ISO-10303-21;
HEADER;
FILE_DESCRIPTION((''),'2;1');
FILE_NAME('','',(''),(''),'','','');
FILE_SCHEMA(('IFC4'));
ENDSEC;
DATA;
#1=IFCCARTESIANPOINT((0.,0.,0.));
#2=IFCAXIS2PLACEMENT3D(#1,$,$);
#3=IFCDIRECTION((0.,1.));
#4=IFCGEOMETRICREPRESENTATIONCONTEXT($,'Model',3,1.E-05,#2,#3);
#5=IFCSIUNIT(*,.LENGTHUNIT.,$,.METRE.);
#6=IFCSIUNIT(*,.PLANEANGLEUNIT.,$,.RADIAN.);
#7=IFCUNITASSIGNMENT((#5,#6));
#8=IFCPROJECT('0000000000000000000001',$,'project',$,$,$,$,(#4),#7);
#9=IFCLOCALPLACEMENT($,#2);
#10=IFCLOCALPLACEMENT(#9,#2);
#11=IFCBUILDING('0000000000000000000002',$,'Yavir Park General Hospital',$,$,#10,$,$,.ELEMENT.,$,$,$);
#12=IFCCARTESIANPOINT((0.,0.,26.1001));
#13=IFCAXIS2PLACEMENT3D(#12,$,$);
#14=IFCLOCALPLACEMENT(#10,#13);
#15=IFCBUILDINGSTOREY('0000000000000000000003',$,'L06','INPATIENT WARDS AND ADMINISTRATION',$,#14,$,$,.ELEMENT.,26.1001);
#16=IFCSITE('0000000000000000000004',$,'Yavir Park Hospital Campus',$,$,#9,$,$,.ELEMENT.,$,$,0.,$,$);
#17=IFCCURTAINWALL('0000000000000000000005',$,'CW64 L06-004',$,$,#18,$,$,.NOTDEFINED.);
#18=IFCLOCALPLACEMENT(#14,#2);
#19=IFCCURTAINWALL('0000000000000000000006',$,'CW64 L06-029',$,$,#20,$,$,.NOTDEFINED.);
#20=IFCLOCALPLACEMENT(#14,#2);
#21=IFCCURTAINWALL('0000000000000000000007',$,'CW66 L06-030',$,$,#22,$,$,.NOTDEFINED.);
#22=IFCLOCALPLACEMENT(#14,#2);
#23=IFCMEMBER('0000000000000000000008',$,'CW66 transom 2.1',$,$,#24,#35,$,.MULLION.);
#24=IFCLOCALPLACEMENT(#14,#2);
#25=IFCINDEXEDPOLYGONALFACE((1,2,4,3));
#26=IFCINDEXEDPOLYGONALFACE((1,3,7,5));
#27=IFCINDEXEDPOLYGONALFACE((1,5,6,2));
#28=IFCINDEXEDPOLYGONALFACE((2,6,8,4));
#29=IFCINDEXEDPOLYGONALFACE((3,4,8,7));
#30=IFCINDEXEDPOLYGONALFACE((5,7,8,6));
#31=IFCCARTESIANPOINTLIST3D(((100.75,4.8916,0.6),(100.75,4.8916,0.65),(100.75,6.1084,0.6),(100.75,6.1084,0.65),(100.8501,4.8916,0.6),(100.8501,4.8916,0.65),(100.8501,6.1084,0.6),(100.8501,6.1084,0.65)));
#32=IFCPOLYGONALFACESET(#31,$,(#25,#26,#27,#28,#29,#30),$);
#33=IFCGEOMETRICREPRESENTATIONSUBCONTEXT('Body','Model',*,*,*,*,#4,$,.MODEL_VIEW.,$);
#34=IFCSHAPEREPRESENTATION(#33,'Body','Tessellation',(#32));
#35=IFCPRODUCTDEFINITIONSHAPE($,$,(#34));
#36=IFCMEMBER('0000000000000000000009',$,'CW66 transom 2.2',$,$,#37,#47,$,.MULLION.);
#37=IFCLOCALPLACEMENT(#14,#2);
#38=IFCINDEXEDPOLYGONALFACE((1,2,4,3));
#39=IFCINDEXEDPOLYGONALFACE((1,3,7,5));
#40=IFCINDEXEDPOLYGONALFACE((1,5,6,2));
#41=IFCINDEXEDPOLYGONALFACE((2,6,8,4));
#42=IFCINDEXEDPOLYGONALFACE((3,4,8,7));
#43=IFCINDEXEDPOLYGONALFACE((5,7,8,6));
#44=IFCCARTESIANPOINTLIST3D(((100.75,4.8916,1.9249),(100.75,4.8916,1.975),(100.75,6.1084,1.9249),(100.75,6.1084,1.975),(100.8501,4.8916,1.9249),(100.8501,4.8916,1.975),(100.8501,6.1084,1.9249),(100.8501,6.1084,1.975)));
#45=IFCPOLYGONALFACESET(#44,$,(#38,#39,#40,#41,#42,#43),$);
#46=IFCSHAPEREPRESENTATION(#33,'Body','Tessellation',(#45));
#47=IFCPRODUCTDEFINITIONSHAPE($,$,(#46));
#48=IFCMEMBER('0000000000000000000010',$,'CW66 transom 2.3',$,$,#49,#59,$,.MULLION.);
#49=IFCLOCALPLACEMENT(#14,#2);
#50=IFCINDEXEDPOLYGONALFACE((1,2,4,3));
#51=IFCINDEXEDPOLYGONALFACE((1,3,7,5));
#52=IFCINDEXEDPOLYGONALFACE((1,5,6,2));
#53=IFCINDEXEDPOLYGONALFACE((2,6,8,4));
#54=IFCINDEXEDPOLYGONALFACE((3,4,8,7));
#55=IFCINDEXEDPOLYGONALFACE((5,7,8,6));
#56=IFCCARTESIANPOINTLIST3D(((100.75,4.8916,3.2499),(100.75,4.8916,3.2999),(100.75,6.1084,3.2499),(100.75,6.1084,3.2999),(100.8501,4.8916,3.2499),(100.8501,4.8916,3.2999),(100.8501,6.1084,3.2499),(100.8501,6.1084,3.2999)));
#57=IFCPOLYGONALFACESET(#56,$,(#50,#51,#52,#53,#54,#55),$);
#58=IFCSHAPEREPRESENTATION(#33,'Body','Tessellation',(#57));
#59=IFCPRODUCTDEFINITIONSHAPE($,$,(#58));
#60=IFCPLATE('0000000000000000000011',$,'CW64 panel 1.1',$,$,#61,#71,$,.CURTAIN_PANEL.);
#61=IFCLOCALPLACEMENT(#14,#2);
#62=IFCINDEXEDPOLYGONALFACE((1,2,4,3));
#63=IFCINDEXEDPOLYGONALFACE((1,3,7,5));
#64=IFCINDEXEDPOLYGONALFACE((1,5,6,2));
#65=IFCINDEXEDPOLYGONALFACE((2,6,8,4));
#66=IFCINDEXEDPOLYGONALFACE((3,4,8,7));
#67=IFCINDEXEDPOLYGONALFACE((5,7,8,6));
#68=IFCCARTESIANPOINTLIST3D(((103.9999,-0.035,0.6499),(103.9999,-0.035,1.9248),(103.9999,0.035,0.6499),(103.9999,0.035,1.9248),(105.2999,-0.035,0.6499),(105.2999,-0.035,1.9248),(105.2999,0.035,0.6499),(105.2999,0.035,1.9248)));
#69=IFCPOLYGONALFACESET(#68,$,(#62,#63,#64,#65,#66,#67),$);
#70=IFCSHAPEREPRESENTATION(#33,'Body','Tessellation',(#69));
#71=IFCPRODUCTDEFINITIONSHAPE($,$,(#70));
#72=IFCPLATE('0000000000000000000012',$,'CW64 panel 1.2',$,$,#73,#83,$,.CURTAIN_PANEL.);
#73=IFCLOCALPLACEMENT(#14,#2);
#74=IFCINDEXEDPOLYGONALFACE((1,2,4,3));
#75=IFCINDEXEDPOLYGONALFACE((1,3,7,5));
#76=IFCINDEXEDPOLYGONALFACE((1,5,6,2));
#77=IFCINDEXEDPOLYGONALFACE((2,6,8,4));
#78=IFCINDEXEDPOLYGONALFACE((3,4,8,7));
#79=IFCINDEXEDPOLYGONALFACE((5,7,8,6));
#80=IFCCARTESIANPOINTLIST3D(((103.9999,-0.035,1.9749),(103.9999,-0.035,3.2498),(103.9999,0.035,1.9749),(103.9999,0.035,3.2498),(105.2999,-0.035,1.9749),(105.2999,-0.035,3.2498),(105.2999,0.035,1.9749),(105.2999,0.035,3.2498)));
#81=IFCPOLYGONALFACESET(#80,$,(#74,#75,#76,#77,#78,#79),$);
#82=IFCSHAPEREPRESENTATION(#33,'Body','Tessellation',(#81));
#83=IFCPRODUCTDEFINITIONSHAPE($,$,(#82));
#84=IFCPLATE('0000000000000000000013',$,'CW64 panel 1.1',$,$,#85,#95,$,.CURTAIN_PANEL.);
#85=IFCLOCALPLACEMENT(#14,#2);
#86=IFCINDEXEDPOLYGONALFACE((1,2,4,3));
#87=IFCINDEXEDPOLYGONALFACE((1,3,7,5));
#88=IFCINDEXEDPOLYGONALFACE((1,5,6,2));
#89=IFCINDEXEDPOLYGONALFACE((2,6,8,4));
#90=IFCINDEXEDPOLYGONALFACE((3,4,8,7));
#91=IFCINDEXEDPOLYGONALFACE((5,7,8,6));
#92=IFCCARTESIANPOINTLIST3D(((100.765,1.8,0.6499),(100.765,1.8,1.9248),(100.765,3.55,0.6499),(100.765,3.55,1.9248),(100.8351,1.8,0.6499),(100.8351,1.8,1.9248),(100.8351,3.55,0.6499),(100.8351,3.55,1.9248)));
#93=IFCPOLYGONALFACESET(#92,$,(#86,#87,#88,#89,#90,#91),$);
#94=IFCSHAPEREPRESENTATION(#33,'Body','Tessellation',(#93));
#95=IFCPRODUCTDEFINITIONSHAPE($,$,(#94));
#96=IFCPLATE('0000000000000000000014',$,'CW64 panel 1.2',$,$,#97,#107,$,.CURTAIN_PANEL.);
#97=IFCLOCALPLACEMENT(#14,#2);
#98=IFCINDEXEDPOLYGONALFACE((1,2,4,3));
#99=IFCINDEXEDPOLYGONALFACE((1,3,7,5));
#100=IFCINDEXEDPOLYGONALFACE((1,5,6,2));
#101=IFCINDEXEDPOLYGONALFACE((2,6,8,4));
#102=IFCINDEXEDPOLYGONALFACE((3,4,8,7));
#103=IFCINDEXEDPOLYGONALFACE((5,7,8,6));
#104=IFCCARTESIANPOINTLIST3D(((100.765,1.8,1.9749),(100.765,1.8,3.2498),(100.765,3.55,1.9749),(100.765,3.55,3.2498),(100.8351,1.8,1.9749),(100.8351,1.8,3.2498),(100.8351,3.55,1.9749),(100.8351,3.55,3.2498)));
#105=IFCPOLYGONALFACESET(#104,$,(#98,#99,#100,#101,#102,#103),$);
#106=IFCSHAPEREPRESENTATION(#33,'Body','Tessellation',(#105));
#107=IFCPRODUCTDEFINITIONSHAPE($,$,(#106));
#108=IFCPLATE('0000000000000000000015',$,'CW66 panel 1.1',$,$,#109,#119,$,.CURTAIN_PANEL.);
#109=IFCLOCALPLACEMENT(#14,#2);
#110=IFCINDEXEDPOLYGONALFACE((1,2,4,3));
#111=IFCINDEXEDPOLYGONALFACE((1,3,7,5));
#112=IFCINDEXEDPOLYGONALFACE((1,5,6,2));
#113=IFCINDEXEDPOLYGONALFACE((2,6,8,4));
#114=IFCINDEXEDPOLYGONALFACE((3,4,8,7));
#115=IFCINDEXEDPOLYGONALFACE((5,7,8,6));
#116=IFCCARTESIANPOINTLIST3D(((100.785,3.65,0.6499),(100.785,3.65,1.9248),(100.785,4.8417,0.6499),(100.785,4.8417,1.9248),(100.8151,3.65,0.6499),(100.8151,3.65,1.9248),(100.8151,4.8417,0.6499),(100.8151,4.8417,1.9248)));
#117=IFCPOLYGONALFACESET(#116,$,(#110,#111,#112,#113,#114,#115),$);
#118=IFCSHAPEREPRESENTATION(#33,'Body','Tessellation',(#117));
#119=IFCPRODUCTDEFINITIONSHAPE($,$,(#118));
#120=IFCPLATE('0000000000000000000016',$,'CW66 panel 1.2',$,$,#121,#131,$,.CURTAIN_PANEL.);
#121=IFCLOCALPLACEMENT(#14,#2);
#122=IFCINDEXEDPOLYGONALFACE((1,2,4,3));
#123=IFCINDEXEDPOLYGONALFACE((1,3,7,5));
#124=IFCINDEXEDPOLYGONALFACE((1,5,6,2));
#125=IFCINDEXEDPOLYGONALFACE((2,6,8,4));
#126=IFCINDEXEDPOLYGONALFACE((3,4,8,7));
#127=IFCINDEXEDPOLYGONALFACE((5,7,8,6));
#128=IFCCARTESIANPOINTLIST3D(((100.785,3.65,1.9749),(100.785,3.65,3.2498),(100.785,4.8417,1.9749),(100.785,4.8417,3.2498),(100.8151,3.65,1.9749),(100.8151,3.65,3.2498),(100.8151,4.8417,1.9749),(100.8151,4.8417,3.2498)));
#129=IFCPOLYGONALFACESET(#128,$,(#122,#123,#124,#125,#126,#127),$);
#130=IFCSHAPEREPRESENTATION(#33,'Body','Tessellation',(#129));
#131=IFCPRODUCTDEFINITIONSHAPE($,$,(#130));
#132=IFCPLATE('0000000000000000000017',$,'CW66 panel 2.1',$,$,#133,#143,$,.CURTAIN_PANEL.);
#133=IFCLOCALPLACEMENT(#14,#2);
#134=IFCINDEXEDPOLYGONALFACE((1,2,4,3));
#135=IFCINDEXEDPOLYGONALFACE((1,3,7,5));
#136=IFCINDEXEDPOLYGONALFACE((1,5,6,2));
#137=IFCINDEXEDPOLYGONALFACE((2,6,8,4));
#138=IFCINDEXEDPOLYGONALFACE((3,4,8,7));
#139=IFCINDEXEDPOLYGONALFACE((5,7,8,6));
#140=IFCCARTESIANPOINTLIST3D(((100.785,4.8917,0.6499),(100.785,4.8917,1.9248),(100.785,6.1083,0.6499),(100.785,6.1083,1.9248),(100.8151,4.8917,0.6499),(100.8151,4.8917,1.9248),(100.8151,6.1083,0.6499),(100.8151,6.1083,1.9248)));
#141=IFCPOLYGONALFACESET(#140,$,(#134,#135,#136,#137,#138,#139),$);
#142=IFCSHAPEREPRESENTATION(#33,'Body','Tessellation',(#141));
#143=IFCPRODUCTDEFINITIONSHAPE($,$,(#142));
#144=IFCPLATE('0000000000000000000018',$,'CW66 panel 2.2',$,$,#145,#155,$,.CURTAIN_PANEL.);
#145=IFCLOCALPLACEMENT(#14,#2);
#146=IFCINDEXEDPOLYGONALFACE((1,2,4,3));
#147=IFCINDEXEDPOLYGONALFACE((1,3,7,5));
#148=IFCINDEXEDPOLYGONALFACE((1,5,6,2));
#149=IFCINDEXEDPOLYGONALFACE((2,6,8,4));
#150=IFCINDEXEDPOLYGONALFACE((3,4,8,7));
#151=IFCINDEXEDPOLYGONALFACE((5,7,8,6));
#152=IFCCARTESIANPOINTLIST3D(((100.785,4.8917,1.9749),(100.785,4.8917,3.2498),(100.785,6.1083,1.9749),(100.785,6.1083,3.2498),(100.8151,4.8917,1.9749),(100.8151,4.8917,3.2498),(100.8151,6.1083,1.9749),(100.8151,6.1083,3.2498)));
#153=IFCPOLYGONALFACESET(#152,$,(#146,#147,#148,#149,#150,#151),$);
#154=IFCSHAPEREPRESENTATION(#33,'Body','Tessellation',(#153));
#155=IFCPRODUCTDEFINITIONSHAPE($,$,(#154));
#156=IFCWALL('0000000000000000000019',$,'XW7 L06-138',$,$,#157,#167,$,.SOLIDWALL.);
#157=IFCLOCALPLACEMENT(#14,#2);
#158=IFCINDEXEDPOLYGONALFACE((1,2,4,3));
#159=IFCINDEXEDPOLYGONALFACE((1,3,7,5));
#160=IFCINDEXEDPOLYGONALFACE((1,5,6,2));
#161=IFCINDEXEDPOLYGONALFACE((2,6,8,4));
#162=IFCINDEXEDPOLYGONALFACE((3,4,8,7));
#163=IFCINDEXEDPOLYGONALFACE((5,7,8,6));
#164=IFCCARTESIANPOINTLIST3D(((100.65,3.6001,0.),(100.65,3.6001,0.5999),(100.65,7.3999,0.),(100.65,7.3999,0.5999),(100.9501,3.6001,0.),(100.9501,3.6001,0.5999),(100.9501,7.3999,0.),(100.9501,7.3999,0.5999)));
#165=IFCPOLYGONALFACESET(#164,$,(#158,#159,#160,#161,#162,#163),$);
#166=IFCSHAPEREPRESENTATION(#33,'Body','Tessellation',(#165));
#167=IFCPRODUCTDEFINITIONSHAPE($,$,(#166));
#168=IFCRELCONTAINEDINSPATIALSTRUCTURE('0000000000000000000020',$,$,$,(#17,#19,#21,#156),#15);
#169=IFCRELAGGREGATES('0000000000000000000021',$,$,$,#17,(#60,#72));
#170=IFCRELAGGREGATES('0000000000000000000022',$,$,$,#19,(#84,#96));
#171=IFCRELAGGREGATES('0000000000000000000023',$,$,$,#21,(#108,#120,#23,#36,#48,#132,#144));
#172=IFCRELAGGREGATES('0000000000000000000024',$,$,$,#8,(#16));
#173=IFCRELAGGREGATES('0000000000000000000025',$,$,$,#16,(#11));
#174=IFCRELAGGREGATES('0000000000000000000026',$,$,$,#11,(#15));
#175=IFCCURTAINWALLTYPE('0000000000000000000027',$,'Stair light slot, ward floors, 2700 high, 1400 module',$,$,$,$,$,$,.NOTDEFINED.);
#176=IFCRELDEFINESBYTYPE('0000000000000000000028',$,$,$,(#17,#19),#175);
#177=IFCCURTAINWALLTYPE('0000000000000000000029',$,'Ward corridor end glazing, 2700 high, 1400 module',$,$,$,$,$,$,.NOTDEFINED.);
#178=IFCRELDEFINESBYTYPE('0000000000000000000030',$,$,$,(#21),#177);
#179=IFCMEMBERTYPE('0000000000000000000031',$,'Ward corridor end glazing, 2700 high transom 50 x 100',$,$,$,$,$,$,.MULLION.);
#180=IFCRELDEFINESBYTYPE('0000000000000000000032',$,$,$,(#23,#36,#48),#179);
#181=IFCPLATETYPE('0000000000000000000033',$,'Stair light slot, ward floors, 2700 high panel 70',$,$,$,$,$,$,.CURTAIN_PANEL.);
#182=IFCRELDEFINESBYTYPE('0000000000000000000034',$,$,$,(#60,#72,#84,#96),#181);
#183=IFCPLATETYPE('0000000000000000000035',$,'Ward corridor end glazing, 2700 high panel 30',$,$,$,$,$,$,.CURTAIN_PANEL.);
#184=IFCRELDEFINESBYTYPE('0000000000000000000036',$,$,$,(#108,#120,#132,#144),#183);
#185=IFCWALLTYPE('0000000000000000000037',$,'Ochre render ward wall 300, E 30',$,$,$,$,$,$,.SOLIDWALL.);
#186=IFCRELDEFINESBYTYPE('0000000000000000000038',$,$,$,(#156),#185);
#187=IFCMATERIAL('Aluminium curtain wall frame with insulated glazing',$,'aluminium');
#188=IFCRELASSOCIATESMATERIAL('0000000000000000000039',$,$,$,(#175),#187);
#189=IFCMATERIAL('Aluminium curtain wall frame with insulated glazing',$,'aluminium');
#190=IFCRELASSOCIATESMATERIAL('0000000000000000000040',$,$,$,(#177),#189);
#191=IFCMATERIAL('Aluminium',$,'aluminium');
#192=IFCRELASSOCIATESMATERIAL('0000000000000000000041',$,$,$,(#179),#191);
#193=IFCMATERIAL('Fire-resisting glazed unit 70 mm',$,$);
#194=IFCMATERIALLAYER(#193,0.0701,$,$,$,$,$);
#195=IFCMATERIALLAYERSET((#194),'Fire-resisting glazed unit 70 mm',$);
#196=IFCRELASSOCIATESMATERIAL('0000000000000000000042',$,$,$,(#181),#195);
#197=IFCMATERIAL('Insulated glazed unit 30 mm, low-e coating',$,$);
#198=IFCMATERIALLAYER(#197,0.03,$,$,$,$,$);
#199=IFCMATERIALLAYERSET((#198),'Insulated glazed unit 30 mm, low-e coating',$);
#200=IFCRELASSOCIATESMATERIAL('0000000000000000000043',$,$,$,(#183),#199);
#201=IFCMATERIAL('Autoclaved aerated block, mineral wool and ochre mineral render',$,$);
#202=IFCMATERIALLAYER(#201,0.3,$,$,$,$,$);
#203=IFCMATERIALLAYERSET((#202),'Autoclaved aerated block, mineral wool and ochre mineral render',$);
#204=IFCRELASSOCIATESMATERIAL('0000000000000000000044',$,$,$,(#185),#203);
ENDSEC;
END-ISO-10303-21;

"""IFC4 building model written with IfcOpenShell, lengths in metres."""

from ifc_helpers import new_model, si_unit, direction, frame, frame_2d, origin, origin_2d, place, context, subcontext, project, spatial, rectangle, extrude, material, layer, layer_set, material_profile, profile_set, type_object, element, aggregate, save


model = new_model("IFC4")

# Units and contexts
model_context = context("Model", 3, precision=1e-05, world=origin(), true_north=direction((0.0, 1.0)))
body_context = subcontext(model_context, "Body", "Model", "MODEL_VIEW")
ifc_project = project(units=[si_unit("LENGTHUNIT", "METRE"), si_unit("PLANEANGLEUNIT", "RADIAN")], contexts=[model_context])

# Site, building, storey
site_placement = place(None, origin())
site = spatial("IfcSite", under=ifc_project, at=site_placement, Name="Yavir Park Hospital Campus", CompositionType="ELEMENT", RefElevation=0.0)
building_placement = place(site_placement, origin())
building = spatial("IfcBuilding", under=site, at=building_placement, Name="Yavir Park General Hospital", CompositionType="ELEMENT")
storey_placement = place(building_placement, frame((0.0, 0.0, 26.1001)))
storey = spatial("IfcBuildingStorey", under=building, at=storey_placement, Name="L06", Description="INPATIENT WARDS AND ADMINISTRATION", CompositionType="ELEMENT", Elevation=26.1001)

# Curtain wall
ifc_material_1 = material(Name="Aluminium curtain wall frame with insulated glazing", Category="aluminium")
curtain_wall_type_1 = type_object("IfcCurtainWallType", Name="Stair light slot, ward floors, 2700 high, 1400 module", PredefinedType="NOTDEFINED", material=ifc_material_1)
curtain_wall_1_placement = place(storey_placement, origin())
curtain_wall_1 = element("IfcCurtainWall", 1, at=curtain_wall_1_placement, inside=storey, type_object=curtain_wall_type_1, Name="CW64 L06-004", PredefinedType="NOTDEFINED")

# Curtain wall
curtain_wall_2_placement = place(storey_placement, origin())
curtain_wall_2 = element("IfcCurtainWall", 2, at=curtain_wall_2_placement, inside=storey, type_object=curtain_wall_type_1, Name="CW64 L06-029", PredefinedType="NOTDEFINED")

# Curtain wall, members
ifc_material_2 = material(Name="Aluminium curtain wall frame with insulated glazing", Category="aluminium")
curtain_wall_type_2 = type_object("IfcCurtainWallType", Name="Ward corridor end glazing, 2700 high, 1400 module", PredefinedType="NOTDEFINED", material=ifc_material_2)
curtain_wall_3_placement = place(storey_placement, origin())
curtain_wall_3 = element("IfcCurtainWall", 3, at=curtain_wall_3_placement, inside=storey, type_object=curtain_wall_type_2, Name="CW66 L06-030", PredefinedType="NOTDEFINED")
ifc_material_3 = material(Name="Aluminium", Category="aluminium")
ifc_material_profile_1 = material_profile(ifc_material_3, rectangle(XDim=0.1001, YDim=0.05, at=origin_2d()), Name="AL 100x50")
ifc_profile_set_1 = profile_set([ifc_material_profile_1], Name="Aluminium")
member_type_1 = type_object("IfcMemberType", Name="Ward corridor end glazing, 2700 high transom 50 x 100", PredefinedType="MULLION", material=ifc_profile_set_1)
member_1_placement = place(storey_placement, frame((100.8, 4.8916, 0.625), z_axis=(0.0, 1.0, 0.0), x_axis=(-1.0, 0.0, 0.0)))
member_1 = element("IfcMember", 4, at=member_1_placement, type_object=member_type_1, Name="CW66 transom 2.1", PredefinedType="MULLION", context=body_context, shape_type="SweptSolid", body=[
    extrude(rectangle(XDim=0.1001, YDim=0.05, at=origin_2d()), origin(), (0.0, 0.0, 1.0), 1.2168),
])
member_2_placement = place(storey_placement, frame((100.8, 4.8916, 1.95), z_axis=(0.0, 1.0, 0.0), x_axis=(-1.0, 0.0, 0.0)))
member_2 = element("IfcMember", 5, at=member_2_placement, type_object=member_type_1, Name="CW66 transom 2.2", PredefinedType="MULLION", context=body_context, shape_type="SweptSolid", body=[
    extrude(rectangle(XDim=0.1001, YDim=0.05, at=origin_2d()), origin(), (0.0, 0.0, 1.0), 1.2168),
])
member_3_placement = place(storey_placement, frame((100.8, 4.8916, 3.2749), z_axis=(0.0, 1.0, 0.0), x_axis=(-1.0, 0.0, 0.0)))
member_3 = element("IfcMember", 6, at=member_3_placement, type_object=member_type_1, Name="CW66 transom 2.3", PredefinedType="MULLION", context=body_context, shape_type="SweptSolid", body=[
    extrude(rectangle(XDim=0.1001, YDim=0.05, at=origin_2d()), origin(), (0.0, 0.0, 1.0), 1.2168),
])

# Plates
ifc_material_4 = material(Name="Fire-resisting glazed unit 70 mm")
ifc_layer_1 = layer(ifc_material_4, 0.0701)
ifc_layer_set_1 = layer_set([ifc_layer_1], Name="Fire-resisting glazed unit 70 mm")
plate_type_1 = type_object("IfcPlateType", Name="Stair light slot, ward floors, 2700 high panel 70", PredefinedType="CURTAIN_PANEL", material=ifc_layer_set_1)
plate_1_placement = place(storey_placement, frame((104.6499, 0.0, 0.6499), z_axis=(0.0, 0.0, 1.0), x_axis=(1.0, 0.0, 0.0)))
plate_1 = element("IfcPlate", 7, at=plate_1_placement, type_object=plate_type_1, Name="CW64 panel 1.1", PredefinedType="CURTAIN_PANEL", context=body_context, shape_type="SweptSolid", body=[
    extrude(rectangle(XDim=1.3, YDim=0.0701, at=origin_2d()), origin(), (0.0, 0.0, 1.0), 1.2749),
])
plate_2_placement = place(storey_placement, frame((104.6499, 0.0, 1.9749), z_axis=(0.0, 0.0, 1.0), x_axis=(1.0, 0.0, 0.0)))
plate_2 = element("IfcPlate", 8, at=plate_2_placement, type_object=plate_type_1, Name="CW64 panel 1.2", PredefinedType="CURTAIN_PANEL", context=body_context, shape_type="SweptSolid", body=[
    extrude(rectangle(XDim=1.3, YDim=0.0701, at=origin_2d()), origin(), (0.0, 0.0, 1.0), 1.2749),
])
aggregate(curtain_wall_1, [plate_1, plate_2])
plate_3_placement = place(storey_placement, frame((100.8, 2.675, 0.6499), z_axis=(0.0, 0.0, 1.0), x_axis=(0.0, 1.0, 0.0)))
plate_3 = element("IfcPlate", 9, at=plate_3_placement, type_object=plate_type_1, Name="CW64 panel 1.1", PredefinedType="CURTAIN_PANEL", context=body_context, shape_type="SweptSolid", body=[
    extrude(rectangle(XDim=1.75, YDim=0.0701, at=origin_2d()), origin(), (0.0, 0.0, 1.0), 1.2749),
])
plate_4_placement = place(storey_placement, frame((100.8, 2.675, 1.9749), z_axis=(0.0, 0.0, 1.0), x_axis=(0.0, 1.0, 0.0)))
plate_4 = element("IfcPlate", 10, at=plate_4_placement, type_object=plate_type_1, Name="CW64 panel 1.2", PredefinedType="CURTAIN_PANEL", context=body_context, shape_type="SweptSolid", body=[
    extrude(rectangle(XDim=1.75, YDim=0.0701, at=origin_2d()), origin(), (0.0, 0.0, 1.0), 1.2749),
])
aggregate(curtain_wall_2, [plate_3, plate_4])
ifc_material_5 = material(Name="Insulated glazed unit 30 mm, low-e coating")
ifc_layer_2 = layer(ifc_material_5, 0.03)
ifc_layer_set_2 = layer_set([ifc_layer_2], Name="Insulated glazed unit 30 mm, low-e coating")
plate_type_2 = type_object("IfcPlateType", Name="Ward corridor end glazing, 2700 high panel 30", PredefinedType="CURTAIN_PANEL", material=ifc_layer_set_2)
plate_5_placement = place(storey_placement, frame((100.8, 4.2458, 0.6499), z_axis=(0.0, 0.0, 1.0), x_axis=(0.0, 1.0, 0.0)))
plate_5 = element("IfcPlate", 11, at=plate_5_placement, type_object=plate_type_2, Name="CW66 panel 1.1", PredefinedType="CURTAIN_PANEL", context=body_context, shape_type="SweptSolid", body=[
    extrude(rectangle(XDim=1.1917, YDim=0.03, at=origin_2d()), origin(), (0.0, 0.0, 1.0), 1.2749),
])
plate_6_placement = place(storey_placement, frame((100.8, 4.2458, 1.9749), z_axis=(0.0, 0.0, 1.0), x_axis=(0.0, 1.0, 0.0)))
plate_6 = element("IfcPlate", 12, at=plate_6_placement, type_object=plate_type_2, Name="CW66 panel 1.2", PredefinedType="CURTAIN_PANEL", context=body_context, shape_type="SweptSolid", body=[
    extrude(rectangle(XDim=1.1917, YDim=0.03, at=origin_2d()), origin(), (0.0, 0.0, 1.0), 1.2749),
])
plate_7_placement = place(storey_placement, frame((100.8, 5.5, 0.6499), z_axis=(0.0, 0.0, 1.0), x_axis=(0.0, 1.0, 0.0)))
plate_7 = element("IfcPlate", 13, at=plate_7_placement, type_object=plate_type_2, Name="CW66 panel 2.1", PredefinedType="CURTAIN_PANEL", context=body_context, shape_type="SweptSolid", body=[
    extrude(rectangle(XDim=1.2166, YDim=0.03, at=origin_2d()), origin(), (0.0, 0.0, 1.0), 1.2749),
])
plate_8_placement = place(storey_placement, frame((100.8, 5.5, 1.9749), z_axis=(0.0, 0.0, 1.0), x_axis=(0.0, 1.0, 0.0)))
plate_8 = element("IfcPlate", 14, at=plate_8_placement, type_object=plate_type_2, Name="CW66 panel 2.2", PredefinedType="CURTAIN_PANEL", context=body_context, shape_type="SweptSolid", body=[
    extrude(rectangle(XDim=1.2166, YDim=0.03, at=origin_2d()), origin(), (0.0, 0.0, 1.0), 1.2749),
])
aggregate(curtain_wall_3, [plate_5, plate_6, member_1, member_2, member_3, plate_7, plate_8])

# Wall
ifc_material_6 = material(Name="Autoclaved aerated block, mineral wool and ochre mineral render")
ifc_layer_3 = layer(ifc_material_6, 0.3)
ifc_layer_set_3 = layer_set([ifc_layer_3], Name="Autoclaved aerated block, mineral wool and ochre mineral render")
wall_type_1 = type_object("IfcWallType", Name="Ochre render ward wall 300, E 30", PredefinedType="SOLIDWALL", material=ifc_layer_set_3)
wall_1_placement = place(storey_placement, frame((100.8, 3.6001, 0.0), z_axis=(0.0, 0.0, 1.0), x_axis=(0.0, 1.0, 0.0)))
element("IfcWall", 15, at=wall_1_placement, inside=storey, type_object=wall_type_1, Name="XW7 L06-138", PredefinedType="SOLIDWALL", context=body_context, shape_type="SweptSolid", body=[
    extrude(rectangle(XDim=3.7998, YDim=0.3, at=frame_2d((1.8999, 0.0))), origin(), (0.0, 0.0, 1.0), 0.5999),
])

save(model, "model.ifc")
